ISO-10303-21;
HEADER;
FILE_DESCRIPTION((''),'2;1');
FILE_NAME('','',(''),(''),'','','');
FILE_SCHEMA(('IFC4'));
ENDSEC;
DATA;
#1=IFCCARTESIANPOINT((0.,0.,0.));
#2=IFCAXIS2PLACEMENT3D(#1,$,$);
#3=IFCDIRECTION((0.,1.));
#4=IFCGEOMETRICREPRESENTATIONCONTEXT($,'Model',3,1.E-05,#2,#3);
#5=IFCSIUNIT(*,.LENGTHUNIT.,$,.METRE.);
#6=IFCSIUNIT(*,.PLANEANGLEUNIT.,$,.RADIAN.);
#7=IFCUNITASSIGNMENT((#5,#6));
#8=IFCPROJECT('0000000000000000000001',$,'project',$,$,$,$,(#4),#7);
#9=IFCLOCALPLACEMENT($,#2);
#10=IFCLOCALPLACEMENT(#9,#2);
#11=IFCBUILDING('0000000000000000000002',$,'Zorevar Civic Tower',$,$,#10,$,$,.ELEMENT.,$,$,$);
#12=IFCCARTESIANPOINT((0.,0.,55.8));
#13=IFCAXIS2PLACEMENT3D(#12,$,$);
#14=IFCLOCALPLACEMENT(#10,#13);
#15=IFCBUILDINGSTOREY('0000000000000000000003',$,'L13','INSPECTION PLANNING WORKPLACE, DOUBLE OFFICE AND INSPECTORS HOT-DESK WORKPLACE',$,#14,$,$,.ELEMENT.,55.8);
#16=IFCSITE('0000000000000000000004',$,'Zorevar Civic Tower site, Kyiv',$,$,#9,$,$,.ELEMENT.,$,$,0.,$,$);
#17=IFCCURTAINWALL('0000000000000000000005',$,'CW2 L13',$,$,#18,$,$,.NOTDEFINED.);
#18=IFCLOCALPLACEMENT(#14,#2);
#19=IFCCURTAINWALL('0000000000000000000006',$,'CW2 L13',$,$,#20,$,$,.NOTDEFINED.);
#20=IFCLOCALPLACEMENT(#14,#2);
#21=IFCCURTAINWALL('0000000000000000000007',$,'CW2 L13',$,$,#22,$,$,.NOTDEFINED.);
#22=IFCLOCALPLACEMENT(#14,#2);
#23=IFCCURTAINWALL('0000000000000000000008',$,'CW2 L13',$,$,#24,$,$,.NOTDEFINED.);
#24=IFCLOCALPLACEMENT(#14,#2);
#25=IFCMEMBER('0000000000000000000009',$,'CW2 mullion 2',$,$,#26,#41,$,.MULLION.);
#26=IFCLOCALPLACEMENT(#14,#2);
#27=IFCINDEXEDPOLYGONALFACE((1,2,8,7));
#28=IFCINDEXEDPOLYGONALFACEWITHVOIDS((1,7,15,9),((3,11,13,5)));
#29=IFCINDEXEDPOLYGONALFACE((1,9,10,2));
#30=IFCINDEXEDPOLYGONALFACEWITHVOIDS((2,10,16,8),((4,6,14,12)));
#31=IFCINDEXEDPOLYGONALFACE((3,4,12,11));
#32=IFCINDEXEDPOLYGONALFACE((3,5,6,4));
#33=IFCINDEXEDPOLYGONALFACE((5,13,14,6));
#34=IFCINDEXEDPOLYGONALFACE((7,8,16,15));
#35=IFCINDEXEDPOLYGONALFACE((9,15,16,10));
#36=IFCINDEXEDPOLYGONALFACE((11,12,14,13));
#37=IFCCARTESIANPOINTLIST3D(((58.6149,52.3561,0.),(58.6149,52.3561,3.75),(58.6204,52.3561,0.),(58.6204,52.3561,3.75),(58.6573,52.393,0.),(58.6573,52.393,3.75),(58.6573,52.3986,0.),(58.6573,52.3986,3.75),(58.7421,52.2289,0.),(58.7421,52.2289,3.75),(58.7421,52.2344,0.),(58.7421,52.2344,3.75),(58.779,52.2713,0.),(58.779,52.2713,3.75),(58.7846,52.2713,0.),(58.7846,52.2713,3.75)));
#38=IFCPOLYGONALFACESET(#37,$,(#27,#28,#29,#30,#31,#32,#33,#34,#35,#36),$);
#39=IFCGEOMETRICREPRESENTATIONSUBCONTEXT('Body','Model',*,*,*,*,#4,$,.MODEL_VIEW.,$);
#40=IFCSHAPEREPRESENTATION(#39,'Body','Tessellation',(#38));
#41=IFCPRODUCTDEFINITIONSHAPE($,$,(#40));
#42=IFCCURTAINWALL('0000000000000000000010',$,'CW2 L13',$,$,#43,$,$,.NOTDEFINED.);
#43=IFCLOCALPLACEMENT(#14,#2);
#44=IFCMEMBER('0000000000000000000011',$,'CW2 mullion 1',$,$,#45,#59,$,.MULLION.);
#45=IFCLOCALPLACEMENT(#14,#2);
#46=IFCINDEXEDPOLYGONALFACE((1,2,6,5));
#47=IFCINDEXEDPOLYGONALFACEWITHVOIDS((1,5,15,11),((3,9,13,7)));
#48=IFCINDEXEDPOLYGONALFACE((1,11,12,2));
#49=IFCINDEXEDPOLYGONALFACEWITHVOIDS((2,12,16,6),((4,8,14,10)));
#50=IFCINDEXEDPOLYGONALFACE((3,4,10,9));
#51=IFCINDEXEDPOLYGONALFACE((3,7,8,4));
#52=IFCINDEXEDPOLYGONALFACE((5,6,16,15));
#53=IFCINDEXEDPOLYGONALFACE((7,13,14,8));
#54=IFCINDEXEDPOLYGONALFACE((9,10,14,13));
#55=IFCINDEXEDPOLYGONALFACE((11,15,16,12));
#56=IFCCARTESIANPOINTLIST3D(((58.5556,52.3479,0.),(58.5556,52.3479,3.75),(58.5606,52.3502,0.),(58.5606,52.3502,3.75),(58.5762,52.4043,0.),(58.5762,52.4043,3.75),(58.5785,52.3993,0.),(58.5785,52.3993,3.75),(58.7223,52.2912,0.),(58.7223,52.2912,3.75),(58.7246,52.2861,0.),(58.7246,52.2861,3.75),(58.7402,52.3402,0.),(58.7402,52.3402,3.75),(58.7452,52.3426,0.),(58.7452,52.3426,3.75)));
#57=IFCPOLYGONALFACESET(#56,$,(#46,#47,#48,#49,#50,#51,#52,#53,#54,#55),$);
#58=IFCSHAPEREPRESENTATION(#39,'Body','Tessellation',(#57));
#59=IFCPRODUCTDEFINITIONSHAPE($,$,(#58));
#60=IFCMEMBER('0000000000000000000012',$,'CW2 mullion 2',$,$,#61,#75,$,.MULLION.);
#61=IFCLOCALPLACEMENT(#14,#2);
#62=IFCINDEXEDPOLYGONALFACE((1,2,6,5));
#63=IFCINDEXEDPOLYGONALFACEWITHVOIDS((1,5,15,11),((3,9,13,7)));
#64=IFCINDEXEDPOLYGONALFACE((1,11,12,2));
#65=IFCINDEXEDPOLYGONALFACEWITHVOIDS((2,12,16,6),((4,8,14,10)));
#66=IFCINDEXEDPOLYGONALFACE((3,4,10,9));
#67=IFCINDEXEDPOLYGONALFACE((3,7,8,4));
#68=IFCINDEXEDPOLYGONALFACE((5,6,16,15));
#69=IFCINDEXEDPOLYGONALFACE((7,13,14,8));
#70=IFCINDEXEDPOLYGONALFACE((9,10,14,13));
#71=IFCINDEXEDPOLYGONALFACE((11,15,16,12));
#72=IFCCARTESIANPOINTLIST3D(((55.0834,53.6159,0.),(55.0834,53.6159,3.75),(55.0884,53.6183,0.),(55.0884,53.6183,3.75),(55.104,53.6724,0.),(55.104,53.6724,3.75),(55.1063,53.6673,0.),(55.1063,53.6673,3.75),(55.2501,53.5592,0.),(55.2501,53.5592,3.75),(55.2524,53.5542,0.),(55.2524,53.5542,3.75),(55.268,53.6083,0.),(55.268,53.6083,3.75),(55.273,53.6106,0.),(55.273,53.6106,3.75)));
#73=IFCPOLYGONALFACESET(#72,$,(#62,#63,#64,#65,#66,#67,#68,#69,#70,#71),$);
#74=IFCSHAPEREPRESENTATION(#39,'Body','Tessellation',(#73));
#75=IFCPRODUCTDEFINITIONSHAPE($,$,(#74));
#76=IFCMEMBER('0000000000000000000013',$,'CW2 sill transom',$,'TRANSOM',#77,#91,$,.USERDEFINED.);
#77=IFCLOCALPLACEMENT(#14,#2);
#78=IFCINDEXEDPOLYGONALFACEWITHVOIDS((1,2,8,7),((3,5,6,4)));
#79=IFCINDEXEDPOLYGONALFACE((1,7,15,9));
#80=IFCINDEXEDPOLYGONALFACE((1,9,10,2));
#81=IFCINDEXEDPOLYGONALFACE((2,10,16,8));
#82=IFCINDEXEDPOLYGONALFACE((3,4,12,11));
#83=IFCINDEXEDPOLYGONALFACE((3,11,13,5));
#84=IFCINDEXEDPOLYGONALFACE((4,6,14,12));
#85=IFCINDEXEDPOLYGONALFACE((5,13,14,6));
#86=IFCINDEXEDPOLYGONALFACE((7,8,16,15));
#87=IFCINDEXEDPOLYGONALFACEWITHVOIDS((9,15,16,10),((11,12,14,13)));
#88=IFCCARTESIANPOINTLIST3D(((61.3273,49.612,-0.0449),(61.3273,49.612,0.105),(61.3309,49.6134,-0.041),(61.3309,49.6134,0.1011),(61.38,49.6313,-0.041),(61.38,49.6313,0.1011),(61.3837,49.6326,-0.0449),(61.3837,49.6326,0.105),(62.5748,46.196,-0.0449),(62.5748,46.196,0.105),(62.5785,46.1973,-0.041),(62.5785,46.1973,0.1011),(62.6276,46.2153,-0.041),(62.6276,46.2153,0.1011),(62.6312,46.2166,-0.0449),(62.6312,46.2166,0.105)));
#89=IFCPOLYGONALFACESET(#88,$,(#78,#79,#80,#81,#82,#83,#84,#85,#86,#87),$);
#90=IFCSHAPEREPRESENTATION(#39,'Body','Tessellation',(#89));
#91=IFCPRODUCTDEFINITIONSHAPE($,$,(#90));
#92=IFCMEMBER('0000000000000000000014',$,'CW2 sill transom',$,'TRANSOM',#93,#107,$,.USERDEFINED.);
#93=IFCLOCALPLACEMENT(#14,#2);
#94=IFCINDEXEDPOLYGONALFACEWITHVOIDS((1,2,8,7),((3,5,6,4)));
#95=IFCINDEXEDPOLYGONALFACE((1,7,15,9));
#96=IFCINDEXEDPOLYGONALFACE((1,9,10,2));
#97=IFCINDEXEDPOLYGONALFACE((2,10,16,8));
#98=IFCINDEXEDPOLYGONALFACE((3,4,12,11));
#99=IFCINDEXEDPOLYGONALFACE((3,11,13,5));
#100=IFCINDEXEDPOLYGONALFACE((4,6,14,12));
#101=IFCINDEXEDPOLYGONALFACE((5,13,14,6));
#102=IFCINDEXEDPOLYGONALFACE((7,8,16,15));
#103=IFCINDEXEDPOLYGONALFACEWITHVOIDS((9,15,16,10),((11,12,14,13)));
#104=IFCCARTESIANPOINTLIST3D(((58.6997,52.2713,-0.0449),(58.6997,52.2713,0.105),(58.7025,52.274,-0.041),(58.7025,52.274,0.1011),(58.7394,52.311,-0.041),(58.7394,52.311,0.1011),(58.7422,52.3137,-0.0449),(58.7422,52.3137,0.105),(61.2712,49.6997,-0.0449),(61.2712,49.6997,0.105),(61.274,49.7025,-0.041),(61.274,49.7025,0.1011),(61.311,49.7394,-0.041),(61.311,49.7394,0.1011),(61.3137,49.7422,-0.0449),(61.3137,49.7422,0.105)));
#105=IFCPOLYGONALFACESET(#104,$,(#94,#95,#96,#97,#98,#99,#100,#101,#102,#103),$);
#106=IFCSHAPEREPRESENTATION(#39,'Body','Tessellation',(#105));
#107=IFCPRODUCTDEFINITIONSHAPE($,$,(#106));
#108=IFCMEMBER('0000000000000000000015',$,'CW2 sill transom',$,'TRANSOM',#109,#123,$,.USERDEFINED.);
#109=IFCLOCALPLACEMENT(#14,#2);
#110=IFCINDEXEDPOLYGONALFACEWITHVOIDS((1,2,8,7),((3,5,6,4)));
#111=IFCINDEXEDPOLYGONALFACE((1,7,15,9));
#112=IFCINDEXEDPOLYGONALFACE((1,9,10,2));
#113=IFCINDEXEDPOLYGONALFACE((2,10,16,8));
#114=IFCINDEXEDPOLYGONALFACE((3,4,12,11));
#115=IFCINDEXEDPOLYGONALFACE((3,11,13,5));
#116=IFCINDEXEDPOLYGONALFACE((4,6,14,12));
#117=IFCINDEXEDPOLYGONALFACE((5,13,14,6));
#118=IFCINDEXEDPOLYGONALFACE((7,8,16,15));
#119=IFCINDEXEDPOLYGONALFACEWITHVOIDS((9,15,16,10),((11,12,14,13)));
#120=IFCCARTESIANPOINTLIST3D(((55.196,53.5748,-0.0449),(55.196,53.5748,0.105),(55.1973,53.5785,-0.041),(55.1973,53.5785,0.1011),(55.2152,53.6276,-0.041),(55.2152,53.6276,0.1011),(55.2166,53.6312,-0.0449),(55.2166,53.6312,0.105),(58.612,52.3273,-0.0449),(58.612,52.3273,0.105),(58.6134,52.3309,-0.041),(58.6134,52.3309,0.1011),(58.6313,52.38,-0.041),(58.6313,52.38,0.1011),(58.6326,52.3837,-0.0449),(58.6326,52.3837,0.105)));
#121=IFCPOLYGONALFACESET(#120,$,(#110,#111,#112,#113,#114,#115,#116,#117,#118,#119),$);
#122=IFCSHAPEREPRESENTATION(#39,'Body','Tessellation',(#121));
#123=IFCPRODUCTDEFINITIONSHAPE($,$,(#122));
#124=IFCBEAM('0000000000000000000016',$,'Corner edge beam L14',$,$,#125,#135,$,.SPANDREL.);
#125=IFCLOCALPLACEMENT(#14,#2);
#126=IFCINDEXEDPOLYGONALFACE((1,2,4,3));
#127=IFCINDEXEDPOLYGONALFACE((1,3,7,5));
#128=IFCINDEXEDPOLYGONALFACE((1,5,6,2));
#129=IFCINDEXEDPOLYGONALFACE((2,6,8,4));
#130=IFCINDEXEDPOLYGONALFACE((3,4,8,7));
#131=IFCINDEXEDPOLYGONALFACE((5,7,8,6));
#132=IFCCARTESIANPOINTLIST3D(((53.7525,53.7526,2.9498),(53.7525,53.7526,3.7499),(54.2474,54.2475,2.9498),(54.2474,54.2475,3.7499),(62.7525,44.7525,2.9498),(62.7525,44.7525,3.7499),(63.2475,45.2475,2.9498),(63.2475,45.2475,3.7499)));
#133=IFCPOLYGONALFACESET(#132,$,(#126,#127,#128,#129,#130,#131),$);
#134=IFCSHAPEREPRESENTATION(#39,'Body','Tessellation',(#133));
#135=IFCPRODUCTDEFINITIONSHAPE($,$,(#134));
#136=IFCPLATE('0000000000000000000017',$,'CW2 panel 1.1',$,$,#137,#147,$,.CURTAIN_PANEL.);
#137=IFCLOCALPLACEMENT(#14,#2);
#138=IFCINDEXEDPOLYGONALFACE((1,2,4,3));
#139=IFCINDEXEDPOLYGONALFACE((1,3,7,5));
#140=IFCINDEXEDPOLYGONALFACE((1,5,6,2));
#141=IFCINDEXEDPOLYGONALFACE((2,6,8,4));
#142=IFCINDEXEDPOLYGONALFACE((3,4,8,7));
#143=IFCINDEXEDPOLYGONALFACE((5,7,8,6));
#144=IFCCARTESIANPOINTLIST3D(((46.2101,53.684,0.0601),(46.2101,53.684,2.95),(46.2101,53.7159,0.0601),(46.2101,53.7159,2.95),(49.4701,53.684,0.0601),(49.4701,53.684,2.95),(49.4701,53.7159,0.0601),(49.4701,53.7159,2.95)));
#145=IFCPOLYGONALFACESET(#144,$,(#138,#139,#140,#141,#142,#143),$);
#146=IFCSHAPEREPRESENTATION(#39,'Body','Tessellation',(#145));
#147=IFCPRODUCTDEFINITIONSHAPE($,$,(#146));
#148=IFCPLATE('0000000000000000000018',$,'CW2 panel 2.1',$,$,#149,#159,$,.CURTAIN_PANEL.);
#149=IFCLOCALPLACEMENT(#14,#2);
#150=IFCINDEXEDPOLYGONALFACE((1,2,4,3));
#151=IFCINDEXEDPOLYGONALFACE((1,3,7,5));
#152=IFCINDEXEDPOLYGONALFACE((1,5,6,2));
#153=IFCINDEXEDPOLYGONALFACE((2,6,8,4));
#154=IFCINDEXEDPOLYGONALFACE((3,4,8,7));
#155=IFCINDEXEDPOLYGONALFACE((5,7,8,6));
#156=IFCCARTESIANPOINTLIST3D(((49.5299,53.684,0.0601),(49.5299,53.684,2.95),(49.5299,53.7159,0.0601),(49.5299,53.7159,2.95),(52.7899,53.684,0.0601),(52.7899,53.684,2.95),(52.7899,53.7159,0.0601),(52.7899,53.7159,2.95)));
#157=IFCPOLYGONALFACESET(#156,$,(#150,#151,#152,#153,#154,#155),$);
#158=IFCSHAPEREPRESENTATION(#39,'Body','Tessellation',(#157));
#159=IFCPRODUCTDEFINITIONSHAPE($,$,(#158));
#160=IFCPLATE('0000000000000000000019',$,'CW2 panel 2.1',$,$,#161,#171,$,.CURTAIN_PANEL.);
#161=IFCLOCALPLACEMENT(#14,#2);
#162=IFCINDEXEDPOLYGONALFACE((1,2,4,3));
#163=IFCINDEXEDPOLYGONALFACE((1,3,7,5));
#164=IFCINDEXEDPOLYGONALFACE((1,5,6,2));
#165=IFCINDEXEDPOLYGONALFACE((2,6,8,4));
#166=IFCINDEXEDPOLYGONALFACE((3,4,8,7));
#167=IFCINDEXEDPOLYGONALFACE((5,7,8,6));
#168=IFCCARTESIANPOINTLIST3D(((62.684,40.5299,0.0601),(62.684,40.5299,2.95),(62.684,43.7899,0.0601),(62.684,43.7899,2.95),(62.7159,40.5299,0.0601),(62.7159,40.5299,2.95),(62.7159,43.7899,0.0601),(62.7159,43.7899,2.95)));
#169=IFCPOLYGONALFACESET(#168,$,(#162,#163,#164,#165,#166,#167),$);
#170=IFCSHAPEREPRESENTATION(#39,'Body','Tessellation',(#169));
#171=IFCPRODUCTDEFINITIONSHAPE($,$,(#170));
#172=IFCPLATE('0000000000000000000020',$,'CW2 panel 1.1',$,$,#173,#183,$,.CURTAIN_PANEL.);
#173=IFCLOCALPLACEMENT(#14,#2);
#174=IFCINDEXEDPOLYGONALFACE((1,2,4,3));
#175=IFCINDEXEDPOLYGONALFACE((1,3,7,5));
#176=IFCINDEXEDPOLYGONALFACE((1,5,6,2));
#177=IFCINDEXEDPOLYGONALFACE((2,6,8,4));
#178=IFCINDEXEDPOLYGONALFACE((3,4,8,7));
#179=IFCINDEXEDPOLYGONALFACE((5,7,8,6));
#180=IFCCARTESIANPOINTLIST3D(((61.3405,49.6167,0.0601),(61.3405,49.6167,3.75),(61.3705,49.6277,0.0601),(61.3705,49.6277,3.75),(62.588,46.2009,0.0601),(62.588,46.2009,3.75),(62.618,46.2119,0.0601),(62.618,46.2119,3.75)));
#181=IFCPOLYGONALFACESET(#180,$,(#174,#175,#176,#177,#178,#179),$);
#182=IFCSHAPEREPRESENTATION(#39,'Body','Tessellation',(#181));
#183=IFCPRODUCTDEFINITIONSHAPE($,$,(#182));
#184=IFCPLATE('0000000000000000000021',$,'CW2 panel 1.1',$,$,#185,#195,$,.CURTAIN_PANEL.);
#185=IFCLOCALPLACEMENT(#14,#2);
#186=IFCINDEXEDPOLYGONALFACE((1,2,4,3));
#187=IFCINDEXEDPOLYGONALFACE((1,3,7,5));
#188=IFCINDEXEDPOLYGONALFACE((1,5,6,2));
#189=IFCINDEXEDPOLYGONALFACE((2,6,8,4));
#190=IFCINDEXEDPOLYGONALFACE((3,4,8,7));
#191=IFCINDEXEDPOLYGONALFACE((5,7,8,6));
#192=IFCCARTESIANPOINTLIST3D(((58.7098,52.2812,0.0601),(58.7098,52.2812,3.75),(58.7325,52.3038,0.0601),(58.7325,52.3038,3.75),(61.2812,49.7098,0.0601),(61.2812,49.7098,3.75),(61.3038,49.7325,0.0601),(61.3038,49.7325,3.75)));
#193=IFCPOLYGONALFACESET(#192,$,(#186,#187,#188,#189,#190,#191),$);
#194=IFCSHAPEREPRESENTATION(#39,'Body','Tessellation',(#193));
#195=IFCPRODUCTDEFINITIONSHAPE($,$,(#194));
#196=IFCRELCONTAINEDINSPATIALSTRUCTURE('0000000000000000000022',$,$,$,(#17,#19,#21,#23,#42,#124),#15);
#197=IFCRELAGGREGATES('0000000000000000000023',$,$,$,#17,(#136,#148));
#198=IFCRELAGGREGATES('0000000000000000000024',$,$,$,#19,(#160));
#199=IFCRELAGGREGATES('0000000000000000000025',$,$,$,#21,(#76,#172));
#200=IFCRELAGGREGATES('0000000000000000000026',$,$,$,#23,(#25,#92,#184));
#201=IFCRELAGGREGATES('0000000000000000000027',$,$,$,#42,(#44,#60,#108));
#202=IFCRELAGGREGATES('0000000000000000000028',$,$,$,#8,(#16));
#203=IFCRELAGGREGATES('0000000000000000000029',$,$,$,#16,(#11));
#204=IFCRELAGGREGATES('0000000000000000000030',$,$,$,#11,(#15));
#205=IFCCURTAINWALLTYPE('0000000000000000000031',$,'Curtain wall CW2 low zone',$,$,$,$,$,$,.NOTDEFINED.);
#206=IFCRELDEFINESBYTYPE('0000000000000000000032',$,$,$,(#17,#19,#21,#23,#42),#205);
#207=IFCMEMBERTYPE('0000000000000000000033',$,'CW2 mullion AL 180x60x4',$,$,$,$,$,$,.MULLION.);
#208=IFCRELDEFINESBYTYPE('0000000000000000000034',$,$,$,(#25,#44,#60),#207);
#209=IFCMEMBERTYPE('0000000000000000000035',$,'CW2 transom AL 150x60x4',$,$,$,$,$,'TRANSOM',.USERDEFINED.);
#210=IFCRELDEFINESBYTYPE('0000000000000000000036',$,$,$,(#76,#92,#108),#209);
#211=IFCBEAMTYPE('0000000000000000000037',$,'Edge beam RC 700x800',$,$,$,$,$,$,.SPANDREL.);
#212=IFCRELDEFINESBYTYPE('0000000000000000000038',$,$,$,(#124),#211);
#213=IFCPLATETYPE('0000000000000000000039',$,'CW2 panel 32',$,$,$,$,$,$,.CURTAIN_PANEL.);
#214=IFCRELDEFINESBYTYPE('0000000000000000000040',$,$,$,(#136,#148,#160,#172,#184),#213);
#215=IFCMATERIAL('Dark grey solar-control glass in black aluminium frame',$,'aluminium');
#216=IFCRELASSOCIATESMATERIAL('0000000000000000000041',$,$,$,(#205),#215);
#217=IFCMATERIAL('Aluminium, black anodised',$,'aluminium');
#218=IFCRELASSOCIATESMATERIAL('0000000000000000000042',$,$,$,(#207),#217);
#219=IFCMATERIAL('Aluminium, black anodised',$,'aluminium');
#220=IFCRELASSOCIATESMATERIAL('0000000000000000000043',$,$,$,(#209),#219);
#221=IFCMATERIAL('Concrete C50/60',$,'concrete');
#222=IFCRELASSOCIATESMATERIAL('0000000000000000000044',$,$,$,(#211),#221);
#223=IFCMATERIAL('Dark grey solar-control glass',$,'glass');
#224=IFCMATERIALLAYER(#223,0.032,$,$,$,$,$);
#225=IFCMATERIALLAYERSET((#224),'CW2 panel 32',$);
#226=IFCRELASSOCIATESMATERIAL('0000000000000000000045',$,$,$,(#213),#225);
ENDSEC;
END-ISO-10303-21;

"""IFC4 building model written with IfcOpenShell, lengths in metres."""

from ifc_helpers import new_model, si_unit, direction, frame, origin, origin_2d, place, context, subcontext, project, spatial, rectangle, hollow_rectangle, extrude, material, layer, layer_set, material_profile, profile_set, type_object, element, aggregate, save


model = new_model("IFC4")

# Units and contexts
model_context = context("Model", 3, precision=1e-05, world=origin(), true_north=direction((0.0, 1.0)))
body_context = subcontext(model_context, "Body", "Model", "MODEL_VIEW")
ifc_project = project(units=[si_unit("LENGTHUNIT", "METRE"), si_unit("PLANEANGLEUNIT", "RADIAN")], contexts=[model_context])

# Site, building, storey
site_placement = place(None, origin())
site = spatial("IfcSite", under=ifc_project, at=site_placement, Name="Zorevar Civic Tower site, Kyiv", CompositionType="ELEMENT", RefElevation=0.0)
building_placement = place(site_placement, origin())
building = spatial("IfcBuilding", under=site, at=building_placement, Name="Zorevar Civic Tower", CompositionType="ELEMENT")
storey_placement = place(building_placement, frame((0.0, 0.0, 55.8)))
storey = spatial("IfcBuildingStorey", under=building, at=storey_placement, Name="L13", Description="INSPECTION PLANNING WORKPLACE, DOUBLE OFFICE AND INSPECTORS HOT-DESK WORKPLACE", CompositionType="ELEMENT", Elevation=55.8)

# Curtain walls, members
ifc_material_1 = material(Name="Dark grey solar-control glass in black aluminium frame", Category="aluminium")
curtain_wall_type = type_object("IfcCurtainWallType", Name="Curtain wall CW2 low zone", PredefinedType="NOTDEFINED", material=ifc_material_1)
curtain_wall_1_placement = place(storey_placement, origin())
curtain_wall_1 = element("IfcCurtainWall", 1, at=curtain_wall_1_placement, inside=storey, type_object=curtain_wall_type, Name="CW2 L13", PredefinedType="NOTDEFINED")
ifc_material_2 = material(Name="Aluminium, black anodised", Category="aluminium")
ifc_material_profile_1 = material_profile(ifc_material_2, hollow_rectangle(XDim=0.0601, YDim=0.1799, WallThickness=0.0039, at=origin_2d()), Name="AL 180x60x4")
ifc_profile_set_1 = profile_set([ifc_material_profile_1], Name="Aluminium, black anodised")
member_type_1 = type_object("IfcMemberType", Name="CW2 mullion AL 180x60x4", PredefinedType="MULLION", material=ifc_profile_set_1)
curtain_wall_2_placement = place(storey_placement, origin())
curtain_wall_2 = element("IfcCurtainWall", 2, at=curtain_wall_2_placement, inside=storey, type_object=curtain_wall_type, Name="CW2 L13", PredefinedType="NOTDEFINED")
curtain_wall_3_placement = place(storey_placement, origin())
curtain_wall_3 = element("IfcCurtainWall", 3, at=curtain_wall_3_placement, inside=storey, type_object=curtain_wall_type, Name="CW2 L13", PredefinedType="NOTDEFINED")
curtain_wall_4_placement = place(storey_placement, origin())
curtain_wall_4 = element("IfcCurtainWall", 4, at=curtain_wall_4_placement, inside=storey, type_object=curtain_wall_type, Name="CW2 L13", PredefinedType="NOTDEFINED")
member_1_placement = place(storey_placement, frame((58.6997, 52.3137, 0.0), z_axis=(0.0, 0.0, 1.0), x_axis=(-0.707107, -0.707107, 0.0)))
member_1 = element("IfcMember", 5, at=member_1_placement, type_object=member_type_1, Name="CW2 mullion 2", PredefinedType="MULLION", context=body_context, shape_type="SweptSolid", body=[
    extrude(hollow_rectangle(XDim=0.0601, YDim=0.1799, WallThickness=0.0039, at=origin_2d()), origin(), (0.0, 0.0, 1.0), 3.75),
])
curtain_wall_5_placement = place(storey_placement, origin())
curtain_wall_5 = element("IfcCurtainWall", 6, at=curtain_wall_5_placement, inside=storey, type_object=curtain_wall_type, Name="CW2 L13", PredefinedType="NOTDEFINED")
member_2_placement = place(storey_placement, frame((58.6504, 52.3452, 0.0), z_axis=(0.0, 0.0, 1.0), x_axis=(-0.34306, -0.939313, 0.0)))
member_2 = element("IfcMember", 7, at=member_2_placement, type_object=member_type_1, Name="CW2 mullion 1", PredefinedType="MULLION", context=body_context, shape_type="SweptSolid", body=[
    extrude(hollow_rectangle(XDim=0.0601, YDim=0.1799, WallThickness=0.0039, at=origin_2d()), origin(), (0.0, 0.0, 1.0), 3.75),
])
member_3_placement = place(storey_placement, frame((55.1782, 53.6133, 0.0), z_axis=(0.0, 0.0, 1.0), x_axis=(-0.34306, -0.939313, 0.0)))
member_3 = element("IfcMember", 8, at=member_3_placement, type_object=member_type_1, Name="CW2 mullion 2", PredefinedType="MULLION", context=body_context, shape_type="SweptSolid", body=[
    extrude(hollow_rectangle(XDim=0.0601, YDim=0.1799, WallThickness=0.0039, at=origin_2d()), origin(), (0.0, 0.0, 1.0), 3.75),
])

# Members
ifc_material_3 = material(Name="Aluminium, black anodised", Category="aluminium")
ifc_material_profile_2 = material_profile(ifc_material_3, hollow_rectangle(XDim=0.0601, YDim=0.1499, WallThickness=0.0039, at=origin_2d()), Name="AL 150x60x4")
ifc_profile_set_2 = profile_set([ifc_material_profile_2], Name="Aluminium, black anodised")
member_type_2 = type_object("IfcMemberType", Name="CW2 transom AL 150x60x4", ElementType="TRANSOM", PredefinedType="USERDEFINED", material=ifc_profile_set_2)
member_4_placement = place(storey_placement, frame((62.603, 46.2063, 0.03), z_axis=(-0.343047, 0.939318, 0.0), x_axis=(-0.939318, -0.343047, 0.0)))
member_4 = element("IfcMember", 9, at=member_4_placement, type_object=member_type_2, Name="CW2 sill transom", ObjectType="TRANSOM", PredefinedType="USERDEFINED", context=body_context, shape_type="SweptSolid", body=[
    extrude(hollow_rectangle(XDim=0.0601, YDim=0.1499, WallThickness=0.0039, at=origin_2d()), origin(), (0.0, 0.0, 1.0), 3.6367),
])
member_5_placement = place(storey_placement, frame((61.2925, 49.7209, 0.03), z_axis=(-0.707107, 0.707107, 0.0), x_axis=(-0.707107, -0.707107, 0.0)))
member_5 = element("IfcMember", 10, at=member_5_placement, type_object=member_type_2, Name="CW2 sill transom", ObjectType="TRANSOM", PredefinedType="USERDEFINED", context=body_context, shape_type="SweptSolid", body=[
    extrude(hollow_rectangle(XDim=0.0601, YDim=0.1499, WallThickness=0.0039, at=origin_2d()), origin(), (0.0, 0.0, 1.0), 3.6367),
])
member_6_placement = place(storey_placement, frame((58.6223, 52.3555, 0.03), z_axis=(-0.939318, 0.343047, 0.0), x_axis=(-0.343047, -0.939318, 0.0)))
member_6 = element("IfcMember", 11, at=member_6_placement, type_object=member_type_2, Name="CW2 sill transom", ObjectType="TRANSOM", PredefinedType="USERDEFINED", context=body_context, shape_type="SweptSolid", body=[
    extrude(hollow_rectangle(XDim=0.0601, YDim=0.1499, WallThickness=0.0039, at=origin_2d()), origin(), (0.0, 0.0, 1.0), 3.6367),
])

# Beam
ifc_material_4 = material(Name="Concrete C50/60", Category="concrete")
ifc_material_profile_3 = material_profile(ifc_material_4, rectangle(XDim=0.7, YDim=0.8, at=origin_2d()), Name="RC 700x800")
ifc_profile_set_3 = profile_set([ifc_material_profile_3], Name="Concrete C50/60")
beam_type_1 = type_object("IfcBeamType", Name="Edge beam RC 700x800", PredefinedType="SPANDREL", material=ifc_profile_set_3)
beam_1_placement = place(storey_placement, frame((63.0, 45.0, 3.3499), z_axis=(-0.707107, 0.707107, 0.0), x_axis=(-0.707107, -0.707107, 0.0)))
element("IfcBeam", 12, at=beam_1_placement, inside=storey, type_object=beam_type_1, Name="Corner edge beam L14", PredefinedType="SPANDREL", context=body_context, shape_type="SweptSolid", body=[
    extrude(rectangle(XDim=0.7, YDim=0.8, at=origin_2d()), origin(), (0.0, 0.0, 1.0), 12.728),
])

# Plates
ifc_material_5 = material(Name="Dark grey solar-control glass", Category="glass")
ifc_layer_1 = layer(ifc_material_5, 0.032)
ifc_layer_set_1 = layer_set([ifc_layer_1], Name="CW2 panel 32")
plate_type = type_object("IfcPlateType", Name="CW2 panel 32", PredefinedType="CURTAIN_PANEL", material=ifc_layer_set_1)
plate_1_placement = place(storey_placement, frame((47.8401, 53.7, 0.0601), z_axis=(0.0, 0.0, 1.0), x_axis=(1.0, 0.0, 0.0)))
plate_1 = element("IfcPlate", 13, at=plate_1_placement, type_object=plate_type, Name="CW2 panel 1.1", PredefinedType="CURTAIN_PANEL", context=body_context, shape_type="SweptSolid", body=[
    extrude(rectangle(XDim=3.26, YDim=0.032, at=origin_2d()), origin(), (0.0, 0.0, 1.0), 2.8899),
])
plate_2_placement = place(storey_placement, frame((51.1599, 53.7, 0.0601), z_axis=(0.0, 0.0, 1.0), x_axis=(1.0, 0.0, 0.0)))
plate_2 = element("IfcPlate", 14, at=plate_2_placement, type_object=plate_type, Name="CW2 panel 2.1", PredefinedType="CURTAIN_PANEL", context=body_context, shape_type="SweptSolid", body=[
    extrude(rectangle(XDim=3.26, YDim=0.032, at=origin_2d()), origin(), (0.0, 0.0, 1.0), 2.8899),
])
aggregate(curtain_wall_1, [plate_1, plate_2])
plate_3_placement = place(storey_placement, frame((62.7, 42.1599, 0.0601), z_axis=(0.0, 0.0, 1.0), x_axis=(0.0, 1.0, 0.0)))
plate_3 = element("IfcPlate", 15, at=plate_3_placement, type_object=plate_type, Name="CW2 panel 2.1", PredefinedType="CURTAIN_PANEL", context=body_context, shape_type="SweptSolid", body=[
    extrude(rectangle(XDim=3.26, YDim=0.032, at=origin_2d()), origin(), (0.0, 0.0, 1.0), 2.8899),
])
aggregate(curtain_wall_2, [plate_3])
plate_4_placement = place(storey_placement, frame((61.9792, 47.9143, 0.0601), z_axis=(0.0, 0.0, 1.0), x_axis=(-0.34306, 0.939313, 0.0)))
plate_4 = element("IfcPlate", 16, at=plate_4_placement, type_object=plate_type, Name="CW2 panel 1.1", PredefinedType="CURTAIN_PANEL", context=body_context, shape_type="SweptSolid", body=[
    extrude(rectangle(XDim=3.6365, YDim=0.032, at=origin_2d()), origin(), (0.0, 0.0, 1.0), 3.6899),
])
aggregate(curtain_wall_3, [member_4, plate_4])
plate_5_placement = place(storey_placement, frame((60.0068, 51.0068, 0.0601), z_axis=(0.0, 0.0, 1.0), x_axis=(-0.707107, 0.707107, 0.0)))
plate_5 = element("IfcPlate", 17, at=plate_5_placement, type_object=plate_type, Name="CW2 panel 1.1", PredefinedType="CURTAIN_PANEL", context=body_context, shape_type="SweptSolid", body=[
    extrude(rectangle(XDim=3.6365, YDim=0.032, at=origin_2d()), origin(), (0.0, 0.0, 1.0), 3.6899),
])
aggregate(curtain_wall_4, [member_1, member_5, plate_5])
aggregate(curtain_wall_5, [member_2, member_3, member_6])

save(model, "model.ifc")
